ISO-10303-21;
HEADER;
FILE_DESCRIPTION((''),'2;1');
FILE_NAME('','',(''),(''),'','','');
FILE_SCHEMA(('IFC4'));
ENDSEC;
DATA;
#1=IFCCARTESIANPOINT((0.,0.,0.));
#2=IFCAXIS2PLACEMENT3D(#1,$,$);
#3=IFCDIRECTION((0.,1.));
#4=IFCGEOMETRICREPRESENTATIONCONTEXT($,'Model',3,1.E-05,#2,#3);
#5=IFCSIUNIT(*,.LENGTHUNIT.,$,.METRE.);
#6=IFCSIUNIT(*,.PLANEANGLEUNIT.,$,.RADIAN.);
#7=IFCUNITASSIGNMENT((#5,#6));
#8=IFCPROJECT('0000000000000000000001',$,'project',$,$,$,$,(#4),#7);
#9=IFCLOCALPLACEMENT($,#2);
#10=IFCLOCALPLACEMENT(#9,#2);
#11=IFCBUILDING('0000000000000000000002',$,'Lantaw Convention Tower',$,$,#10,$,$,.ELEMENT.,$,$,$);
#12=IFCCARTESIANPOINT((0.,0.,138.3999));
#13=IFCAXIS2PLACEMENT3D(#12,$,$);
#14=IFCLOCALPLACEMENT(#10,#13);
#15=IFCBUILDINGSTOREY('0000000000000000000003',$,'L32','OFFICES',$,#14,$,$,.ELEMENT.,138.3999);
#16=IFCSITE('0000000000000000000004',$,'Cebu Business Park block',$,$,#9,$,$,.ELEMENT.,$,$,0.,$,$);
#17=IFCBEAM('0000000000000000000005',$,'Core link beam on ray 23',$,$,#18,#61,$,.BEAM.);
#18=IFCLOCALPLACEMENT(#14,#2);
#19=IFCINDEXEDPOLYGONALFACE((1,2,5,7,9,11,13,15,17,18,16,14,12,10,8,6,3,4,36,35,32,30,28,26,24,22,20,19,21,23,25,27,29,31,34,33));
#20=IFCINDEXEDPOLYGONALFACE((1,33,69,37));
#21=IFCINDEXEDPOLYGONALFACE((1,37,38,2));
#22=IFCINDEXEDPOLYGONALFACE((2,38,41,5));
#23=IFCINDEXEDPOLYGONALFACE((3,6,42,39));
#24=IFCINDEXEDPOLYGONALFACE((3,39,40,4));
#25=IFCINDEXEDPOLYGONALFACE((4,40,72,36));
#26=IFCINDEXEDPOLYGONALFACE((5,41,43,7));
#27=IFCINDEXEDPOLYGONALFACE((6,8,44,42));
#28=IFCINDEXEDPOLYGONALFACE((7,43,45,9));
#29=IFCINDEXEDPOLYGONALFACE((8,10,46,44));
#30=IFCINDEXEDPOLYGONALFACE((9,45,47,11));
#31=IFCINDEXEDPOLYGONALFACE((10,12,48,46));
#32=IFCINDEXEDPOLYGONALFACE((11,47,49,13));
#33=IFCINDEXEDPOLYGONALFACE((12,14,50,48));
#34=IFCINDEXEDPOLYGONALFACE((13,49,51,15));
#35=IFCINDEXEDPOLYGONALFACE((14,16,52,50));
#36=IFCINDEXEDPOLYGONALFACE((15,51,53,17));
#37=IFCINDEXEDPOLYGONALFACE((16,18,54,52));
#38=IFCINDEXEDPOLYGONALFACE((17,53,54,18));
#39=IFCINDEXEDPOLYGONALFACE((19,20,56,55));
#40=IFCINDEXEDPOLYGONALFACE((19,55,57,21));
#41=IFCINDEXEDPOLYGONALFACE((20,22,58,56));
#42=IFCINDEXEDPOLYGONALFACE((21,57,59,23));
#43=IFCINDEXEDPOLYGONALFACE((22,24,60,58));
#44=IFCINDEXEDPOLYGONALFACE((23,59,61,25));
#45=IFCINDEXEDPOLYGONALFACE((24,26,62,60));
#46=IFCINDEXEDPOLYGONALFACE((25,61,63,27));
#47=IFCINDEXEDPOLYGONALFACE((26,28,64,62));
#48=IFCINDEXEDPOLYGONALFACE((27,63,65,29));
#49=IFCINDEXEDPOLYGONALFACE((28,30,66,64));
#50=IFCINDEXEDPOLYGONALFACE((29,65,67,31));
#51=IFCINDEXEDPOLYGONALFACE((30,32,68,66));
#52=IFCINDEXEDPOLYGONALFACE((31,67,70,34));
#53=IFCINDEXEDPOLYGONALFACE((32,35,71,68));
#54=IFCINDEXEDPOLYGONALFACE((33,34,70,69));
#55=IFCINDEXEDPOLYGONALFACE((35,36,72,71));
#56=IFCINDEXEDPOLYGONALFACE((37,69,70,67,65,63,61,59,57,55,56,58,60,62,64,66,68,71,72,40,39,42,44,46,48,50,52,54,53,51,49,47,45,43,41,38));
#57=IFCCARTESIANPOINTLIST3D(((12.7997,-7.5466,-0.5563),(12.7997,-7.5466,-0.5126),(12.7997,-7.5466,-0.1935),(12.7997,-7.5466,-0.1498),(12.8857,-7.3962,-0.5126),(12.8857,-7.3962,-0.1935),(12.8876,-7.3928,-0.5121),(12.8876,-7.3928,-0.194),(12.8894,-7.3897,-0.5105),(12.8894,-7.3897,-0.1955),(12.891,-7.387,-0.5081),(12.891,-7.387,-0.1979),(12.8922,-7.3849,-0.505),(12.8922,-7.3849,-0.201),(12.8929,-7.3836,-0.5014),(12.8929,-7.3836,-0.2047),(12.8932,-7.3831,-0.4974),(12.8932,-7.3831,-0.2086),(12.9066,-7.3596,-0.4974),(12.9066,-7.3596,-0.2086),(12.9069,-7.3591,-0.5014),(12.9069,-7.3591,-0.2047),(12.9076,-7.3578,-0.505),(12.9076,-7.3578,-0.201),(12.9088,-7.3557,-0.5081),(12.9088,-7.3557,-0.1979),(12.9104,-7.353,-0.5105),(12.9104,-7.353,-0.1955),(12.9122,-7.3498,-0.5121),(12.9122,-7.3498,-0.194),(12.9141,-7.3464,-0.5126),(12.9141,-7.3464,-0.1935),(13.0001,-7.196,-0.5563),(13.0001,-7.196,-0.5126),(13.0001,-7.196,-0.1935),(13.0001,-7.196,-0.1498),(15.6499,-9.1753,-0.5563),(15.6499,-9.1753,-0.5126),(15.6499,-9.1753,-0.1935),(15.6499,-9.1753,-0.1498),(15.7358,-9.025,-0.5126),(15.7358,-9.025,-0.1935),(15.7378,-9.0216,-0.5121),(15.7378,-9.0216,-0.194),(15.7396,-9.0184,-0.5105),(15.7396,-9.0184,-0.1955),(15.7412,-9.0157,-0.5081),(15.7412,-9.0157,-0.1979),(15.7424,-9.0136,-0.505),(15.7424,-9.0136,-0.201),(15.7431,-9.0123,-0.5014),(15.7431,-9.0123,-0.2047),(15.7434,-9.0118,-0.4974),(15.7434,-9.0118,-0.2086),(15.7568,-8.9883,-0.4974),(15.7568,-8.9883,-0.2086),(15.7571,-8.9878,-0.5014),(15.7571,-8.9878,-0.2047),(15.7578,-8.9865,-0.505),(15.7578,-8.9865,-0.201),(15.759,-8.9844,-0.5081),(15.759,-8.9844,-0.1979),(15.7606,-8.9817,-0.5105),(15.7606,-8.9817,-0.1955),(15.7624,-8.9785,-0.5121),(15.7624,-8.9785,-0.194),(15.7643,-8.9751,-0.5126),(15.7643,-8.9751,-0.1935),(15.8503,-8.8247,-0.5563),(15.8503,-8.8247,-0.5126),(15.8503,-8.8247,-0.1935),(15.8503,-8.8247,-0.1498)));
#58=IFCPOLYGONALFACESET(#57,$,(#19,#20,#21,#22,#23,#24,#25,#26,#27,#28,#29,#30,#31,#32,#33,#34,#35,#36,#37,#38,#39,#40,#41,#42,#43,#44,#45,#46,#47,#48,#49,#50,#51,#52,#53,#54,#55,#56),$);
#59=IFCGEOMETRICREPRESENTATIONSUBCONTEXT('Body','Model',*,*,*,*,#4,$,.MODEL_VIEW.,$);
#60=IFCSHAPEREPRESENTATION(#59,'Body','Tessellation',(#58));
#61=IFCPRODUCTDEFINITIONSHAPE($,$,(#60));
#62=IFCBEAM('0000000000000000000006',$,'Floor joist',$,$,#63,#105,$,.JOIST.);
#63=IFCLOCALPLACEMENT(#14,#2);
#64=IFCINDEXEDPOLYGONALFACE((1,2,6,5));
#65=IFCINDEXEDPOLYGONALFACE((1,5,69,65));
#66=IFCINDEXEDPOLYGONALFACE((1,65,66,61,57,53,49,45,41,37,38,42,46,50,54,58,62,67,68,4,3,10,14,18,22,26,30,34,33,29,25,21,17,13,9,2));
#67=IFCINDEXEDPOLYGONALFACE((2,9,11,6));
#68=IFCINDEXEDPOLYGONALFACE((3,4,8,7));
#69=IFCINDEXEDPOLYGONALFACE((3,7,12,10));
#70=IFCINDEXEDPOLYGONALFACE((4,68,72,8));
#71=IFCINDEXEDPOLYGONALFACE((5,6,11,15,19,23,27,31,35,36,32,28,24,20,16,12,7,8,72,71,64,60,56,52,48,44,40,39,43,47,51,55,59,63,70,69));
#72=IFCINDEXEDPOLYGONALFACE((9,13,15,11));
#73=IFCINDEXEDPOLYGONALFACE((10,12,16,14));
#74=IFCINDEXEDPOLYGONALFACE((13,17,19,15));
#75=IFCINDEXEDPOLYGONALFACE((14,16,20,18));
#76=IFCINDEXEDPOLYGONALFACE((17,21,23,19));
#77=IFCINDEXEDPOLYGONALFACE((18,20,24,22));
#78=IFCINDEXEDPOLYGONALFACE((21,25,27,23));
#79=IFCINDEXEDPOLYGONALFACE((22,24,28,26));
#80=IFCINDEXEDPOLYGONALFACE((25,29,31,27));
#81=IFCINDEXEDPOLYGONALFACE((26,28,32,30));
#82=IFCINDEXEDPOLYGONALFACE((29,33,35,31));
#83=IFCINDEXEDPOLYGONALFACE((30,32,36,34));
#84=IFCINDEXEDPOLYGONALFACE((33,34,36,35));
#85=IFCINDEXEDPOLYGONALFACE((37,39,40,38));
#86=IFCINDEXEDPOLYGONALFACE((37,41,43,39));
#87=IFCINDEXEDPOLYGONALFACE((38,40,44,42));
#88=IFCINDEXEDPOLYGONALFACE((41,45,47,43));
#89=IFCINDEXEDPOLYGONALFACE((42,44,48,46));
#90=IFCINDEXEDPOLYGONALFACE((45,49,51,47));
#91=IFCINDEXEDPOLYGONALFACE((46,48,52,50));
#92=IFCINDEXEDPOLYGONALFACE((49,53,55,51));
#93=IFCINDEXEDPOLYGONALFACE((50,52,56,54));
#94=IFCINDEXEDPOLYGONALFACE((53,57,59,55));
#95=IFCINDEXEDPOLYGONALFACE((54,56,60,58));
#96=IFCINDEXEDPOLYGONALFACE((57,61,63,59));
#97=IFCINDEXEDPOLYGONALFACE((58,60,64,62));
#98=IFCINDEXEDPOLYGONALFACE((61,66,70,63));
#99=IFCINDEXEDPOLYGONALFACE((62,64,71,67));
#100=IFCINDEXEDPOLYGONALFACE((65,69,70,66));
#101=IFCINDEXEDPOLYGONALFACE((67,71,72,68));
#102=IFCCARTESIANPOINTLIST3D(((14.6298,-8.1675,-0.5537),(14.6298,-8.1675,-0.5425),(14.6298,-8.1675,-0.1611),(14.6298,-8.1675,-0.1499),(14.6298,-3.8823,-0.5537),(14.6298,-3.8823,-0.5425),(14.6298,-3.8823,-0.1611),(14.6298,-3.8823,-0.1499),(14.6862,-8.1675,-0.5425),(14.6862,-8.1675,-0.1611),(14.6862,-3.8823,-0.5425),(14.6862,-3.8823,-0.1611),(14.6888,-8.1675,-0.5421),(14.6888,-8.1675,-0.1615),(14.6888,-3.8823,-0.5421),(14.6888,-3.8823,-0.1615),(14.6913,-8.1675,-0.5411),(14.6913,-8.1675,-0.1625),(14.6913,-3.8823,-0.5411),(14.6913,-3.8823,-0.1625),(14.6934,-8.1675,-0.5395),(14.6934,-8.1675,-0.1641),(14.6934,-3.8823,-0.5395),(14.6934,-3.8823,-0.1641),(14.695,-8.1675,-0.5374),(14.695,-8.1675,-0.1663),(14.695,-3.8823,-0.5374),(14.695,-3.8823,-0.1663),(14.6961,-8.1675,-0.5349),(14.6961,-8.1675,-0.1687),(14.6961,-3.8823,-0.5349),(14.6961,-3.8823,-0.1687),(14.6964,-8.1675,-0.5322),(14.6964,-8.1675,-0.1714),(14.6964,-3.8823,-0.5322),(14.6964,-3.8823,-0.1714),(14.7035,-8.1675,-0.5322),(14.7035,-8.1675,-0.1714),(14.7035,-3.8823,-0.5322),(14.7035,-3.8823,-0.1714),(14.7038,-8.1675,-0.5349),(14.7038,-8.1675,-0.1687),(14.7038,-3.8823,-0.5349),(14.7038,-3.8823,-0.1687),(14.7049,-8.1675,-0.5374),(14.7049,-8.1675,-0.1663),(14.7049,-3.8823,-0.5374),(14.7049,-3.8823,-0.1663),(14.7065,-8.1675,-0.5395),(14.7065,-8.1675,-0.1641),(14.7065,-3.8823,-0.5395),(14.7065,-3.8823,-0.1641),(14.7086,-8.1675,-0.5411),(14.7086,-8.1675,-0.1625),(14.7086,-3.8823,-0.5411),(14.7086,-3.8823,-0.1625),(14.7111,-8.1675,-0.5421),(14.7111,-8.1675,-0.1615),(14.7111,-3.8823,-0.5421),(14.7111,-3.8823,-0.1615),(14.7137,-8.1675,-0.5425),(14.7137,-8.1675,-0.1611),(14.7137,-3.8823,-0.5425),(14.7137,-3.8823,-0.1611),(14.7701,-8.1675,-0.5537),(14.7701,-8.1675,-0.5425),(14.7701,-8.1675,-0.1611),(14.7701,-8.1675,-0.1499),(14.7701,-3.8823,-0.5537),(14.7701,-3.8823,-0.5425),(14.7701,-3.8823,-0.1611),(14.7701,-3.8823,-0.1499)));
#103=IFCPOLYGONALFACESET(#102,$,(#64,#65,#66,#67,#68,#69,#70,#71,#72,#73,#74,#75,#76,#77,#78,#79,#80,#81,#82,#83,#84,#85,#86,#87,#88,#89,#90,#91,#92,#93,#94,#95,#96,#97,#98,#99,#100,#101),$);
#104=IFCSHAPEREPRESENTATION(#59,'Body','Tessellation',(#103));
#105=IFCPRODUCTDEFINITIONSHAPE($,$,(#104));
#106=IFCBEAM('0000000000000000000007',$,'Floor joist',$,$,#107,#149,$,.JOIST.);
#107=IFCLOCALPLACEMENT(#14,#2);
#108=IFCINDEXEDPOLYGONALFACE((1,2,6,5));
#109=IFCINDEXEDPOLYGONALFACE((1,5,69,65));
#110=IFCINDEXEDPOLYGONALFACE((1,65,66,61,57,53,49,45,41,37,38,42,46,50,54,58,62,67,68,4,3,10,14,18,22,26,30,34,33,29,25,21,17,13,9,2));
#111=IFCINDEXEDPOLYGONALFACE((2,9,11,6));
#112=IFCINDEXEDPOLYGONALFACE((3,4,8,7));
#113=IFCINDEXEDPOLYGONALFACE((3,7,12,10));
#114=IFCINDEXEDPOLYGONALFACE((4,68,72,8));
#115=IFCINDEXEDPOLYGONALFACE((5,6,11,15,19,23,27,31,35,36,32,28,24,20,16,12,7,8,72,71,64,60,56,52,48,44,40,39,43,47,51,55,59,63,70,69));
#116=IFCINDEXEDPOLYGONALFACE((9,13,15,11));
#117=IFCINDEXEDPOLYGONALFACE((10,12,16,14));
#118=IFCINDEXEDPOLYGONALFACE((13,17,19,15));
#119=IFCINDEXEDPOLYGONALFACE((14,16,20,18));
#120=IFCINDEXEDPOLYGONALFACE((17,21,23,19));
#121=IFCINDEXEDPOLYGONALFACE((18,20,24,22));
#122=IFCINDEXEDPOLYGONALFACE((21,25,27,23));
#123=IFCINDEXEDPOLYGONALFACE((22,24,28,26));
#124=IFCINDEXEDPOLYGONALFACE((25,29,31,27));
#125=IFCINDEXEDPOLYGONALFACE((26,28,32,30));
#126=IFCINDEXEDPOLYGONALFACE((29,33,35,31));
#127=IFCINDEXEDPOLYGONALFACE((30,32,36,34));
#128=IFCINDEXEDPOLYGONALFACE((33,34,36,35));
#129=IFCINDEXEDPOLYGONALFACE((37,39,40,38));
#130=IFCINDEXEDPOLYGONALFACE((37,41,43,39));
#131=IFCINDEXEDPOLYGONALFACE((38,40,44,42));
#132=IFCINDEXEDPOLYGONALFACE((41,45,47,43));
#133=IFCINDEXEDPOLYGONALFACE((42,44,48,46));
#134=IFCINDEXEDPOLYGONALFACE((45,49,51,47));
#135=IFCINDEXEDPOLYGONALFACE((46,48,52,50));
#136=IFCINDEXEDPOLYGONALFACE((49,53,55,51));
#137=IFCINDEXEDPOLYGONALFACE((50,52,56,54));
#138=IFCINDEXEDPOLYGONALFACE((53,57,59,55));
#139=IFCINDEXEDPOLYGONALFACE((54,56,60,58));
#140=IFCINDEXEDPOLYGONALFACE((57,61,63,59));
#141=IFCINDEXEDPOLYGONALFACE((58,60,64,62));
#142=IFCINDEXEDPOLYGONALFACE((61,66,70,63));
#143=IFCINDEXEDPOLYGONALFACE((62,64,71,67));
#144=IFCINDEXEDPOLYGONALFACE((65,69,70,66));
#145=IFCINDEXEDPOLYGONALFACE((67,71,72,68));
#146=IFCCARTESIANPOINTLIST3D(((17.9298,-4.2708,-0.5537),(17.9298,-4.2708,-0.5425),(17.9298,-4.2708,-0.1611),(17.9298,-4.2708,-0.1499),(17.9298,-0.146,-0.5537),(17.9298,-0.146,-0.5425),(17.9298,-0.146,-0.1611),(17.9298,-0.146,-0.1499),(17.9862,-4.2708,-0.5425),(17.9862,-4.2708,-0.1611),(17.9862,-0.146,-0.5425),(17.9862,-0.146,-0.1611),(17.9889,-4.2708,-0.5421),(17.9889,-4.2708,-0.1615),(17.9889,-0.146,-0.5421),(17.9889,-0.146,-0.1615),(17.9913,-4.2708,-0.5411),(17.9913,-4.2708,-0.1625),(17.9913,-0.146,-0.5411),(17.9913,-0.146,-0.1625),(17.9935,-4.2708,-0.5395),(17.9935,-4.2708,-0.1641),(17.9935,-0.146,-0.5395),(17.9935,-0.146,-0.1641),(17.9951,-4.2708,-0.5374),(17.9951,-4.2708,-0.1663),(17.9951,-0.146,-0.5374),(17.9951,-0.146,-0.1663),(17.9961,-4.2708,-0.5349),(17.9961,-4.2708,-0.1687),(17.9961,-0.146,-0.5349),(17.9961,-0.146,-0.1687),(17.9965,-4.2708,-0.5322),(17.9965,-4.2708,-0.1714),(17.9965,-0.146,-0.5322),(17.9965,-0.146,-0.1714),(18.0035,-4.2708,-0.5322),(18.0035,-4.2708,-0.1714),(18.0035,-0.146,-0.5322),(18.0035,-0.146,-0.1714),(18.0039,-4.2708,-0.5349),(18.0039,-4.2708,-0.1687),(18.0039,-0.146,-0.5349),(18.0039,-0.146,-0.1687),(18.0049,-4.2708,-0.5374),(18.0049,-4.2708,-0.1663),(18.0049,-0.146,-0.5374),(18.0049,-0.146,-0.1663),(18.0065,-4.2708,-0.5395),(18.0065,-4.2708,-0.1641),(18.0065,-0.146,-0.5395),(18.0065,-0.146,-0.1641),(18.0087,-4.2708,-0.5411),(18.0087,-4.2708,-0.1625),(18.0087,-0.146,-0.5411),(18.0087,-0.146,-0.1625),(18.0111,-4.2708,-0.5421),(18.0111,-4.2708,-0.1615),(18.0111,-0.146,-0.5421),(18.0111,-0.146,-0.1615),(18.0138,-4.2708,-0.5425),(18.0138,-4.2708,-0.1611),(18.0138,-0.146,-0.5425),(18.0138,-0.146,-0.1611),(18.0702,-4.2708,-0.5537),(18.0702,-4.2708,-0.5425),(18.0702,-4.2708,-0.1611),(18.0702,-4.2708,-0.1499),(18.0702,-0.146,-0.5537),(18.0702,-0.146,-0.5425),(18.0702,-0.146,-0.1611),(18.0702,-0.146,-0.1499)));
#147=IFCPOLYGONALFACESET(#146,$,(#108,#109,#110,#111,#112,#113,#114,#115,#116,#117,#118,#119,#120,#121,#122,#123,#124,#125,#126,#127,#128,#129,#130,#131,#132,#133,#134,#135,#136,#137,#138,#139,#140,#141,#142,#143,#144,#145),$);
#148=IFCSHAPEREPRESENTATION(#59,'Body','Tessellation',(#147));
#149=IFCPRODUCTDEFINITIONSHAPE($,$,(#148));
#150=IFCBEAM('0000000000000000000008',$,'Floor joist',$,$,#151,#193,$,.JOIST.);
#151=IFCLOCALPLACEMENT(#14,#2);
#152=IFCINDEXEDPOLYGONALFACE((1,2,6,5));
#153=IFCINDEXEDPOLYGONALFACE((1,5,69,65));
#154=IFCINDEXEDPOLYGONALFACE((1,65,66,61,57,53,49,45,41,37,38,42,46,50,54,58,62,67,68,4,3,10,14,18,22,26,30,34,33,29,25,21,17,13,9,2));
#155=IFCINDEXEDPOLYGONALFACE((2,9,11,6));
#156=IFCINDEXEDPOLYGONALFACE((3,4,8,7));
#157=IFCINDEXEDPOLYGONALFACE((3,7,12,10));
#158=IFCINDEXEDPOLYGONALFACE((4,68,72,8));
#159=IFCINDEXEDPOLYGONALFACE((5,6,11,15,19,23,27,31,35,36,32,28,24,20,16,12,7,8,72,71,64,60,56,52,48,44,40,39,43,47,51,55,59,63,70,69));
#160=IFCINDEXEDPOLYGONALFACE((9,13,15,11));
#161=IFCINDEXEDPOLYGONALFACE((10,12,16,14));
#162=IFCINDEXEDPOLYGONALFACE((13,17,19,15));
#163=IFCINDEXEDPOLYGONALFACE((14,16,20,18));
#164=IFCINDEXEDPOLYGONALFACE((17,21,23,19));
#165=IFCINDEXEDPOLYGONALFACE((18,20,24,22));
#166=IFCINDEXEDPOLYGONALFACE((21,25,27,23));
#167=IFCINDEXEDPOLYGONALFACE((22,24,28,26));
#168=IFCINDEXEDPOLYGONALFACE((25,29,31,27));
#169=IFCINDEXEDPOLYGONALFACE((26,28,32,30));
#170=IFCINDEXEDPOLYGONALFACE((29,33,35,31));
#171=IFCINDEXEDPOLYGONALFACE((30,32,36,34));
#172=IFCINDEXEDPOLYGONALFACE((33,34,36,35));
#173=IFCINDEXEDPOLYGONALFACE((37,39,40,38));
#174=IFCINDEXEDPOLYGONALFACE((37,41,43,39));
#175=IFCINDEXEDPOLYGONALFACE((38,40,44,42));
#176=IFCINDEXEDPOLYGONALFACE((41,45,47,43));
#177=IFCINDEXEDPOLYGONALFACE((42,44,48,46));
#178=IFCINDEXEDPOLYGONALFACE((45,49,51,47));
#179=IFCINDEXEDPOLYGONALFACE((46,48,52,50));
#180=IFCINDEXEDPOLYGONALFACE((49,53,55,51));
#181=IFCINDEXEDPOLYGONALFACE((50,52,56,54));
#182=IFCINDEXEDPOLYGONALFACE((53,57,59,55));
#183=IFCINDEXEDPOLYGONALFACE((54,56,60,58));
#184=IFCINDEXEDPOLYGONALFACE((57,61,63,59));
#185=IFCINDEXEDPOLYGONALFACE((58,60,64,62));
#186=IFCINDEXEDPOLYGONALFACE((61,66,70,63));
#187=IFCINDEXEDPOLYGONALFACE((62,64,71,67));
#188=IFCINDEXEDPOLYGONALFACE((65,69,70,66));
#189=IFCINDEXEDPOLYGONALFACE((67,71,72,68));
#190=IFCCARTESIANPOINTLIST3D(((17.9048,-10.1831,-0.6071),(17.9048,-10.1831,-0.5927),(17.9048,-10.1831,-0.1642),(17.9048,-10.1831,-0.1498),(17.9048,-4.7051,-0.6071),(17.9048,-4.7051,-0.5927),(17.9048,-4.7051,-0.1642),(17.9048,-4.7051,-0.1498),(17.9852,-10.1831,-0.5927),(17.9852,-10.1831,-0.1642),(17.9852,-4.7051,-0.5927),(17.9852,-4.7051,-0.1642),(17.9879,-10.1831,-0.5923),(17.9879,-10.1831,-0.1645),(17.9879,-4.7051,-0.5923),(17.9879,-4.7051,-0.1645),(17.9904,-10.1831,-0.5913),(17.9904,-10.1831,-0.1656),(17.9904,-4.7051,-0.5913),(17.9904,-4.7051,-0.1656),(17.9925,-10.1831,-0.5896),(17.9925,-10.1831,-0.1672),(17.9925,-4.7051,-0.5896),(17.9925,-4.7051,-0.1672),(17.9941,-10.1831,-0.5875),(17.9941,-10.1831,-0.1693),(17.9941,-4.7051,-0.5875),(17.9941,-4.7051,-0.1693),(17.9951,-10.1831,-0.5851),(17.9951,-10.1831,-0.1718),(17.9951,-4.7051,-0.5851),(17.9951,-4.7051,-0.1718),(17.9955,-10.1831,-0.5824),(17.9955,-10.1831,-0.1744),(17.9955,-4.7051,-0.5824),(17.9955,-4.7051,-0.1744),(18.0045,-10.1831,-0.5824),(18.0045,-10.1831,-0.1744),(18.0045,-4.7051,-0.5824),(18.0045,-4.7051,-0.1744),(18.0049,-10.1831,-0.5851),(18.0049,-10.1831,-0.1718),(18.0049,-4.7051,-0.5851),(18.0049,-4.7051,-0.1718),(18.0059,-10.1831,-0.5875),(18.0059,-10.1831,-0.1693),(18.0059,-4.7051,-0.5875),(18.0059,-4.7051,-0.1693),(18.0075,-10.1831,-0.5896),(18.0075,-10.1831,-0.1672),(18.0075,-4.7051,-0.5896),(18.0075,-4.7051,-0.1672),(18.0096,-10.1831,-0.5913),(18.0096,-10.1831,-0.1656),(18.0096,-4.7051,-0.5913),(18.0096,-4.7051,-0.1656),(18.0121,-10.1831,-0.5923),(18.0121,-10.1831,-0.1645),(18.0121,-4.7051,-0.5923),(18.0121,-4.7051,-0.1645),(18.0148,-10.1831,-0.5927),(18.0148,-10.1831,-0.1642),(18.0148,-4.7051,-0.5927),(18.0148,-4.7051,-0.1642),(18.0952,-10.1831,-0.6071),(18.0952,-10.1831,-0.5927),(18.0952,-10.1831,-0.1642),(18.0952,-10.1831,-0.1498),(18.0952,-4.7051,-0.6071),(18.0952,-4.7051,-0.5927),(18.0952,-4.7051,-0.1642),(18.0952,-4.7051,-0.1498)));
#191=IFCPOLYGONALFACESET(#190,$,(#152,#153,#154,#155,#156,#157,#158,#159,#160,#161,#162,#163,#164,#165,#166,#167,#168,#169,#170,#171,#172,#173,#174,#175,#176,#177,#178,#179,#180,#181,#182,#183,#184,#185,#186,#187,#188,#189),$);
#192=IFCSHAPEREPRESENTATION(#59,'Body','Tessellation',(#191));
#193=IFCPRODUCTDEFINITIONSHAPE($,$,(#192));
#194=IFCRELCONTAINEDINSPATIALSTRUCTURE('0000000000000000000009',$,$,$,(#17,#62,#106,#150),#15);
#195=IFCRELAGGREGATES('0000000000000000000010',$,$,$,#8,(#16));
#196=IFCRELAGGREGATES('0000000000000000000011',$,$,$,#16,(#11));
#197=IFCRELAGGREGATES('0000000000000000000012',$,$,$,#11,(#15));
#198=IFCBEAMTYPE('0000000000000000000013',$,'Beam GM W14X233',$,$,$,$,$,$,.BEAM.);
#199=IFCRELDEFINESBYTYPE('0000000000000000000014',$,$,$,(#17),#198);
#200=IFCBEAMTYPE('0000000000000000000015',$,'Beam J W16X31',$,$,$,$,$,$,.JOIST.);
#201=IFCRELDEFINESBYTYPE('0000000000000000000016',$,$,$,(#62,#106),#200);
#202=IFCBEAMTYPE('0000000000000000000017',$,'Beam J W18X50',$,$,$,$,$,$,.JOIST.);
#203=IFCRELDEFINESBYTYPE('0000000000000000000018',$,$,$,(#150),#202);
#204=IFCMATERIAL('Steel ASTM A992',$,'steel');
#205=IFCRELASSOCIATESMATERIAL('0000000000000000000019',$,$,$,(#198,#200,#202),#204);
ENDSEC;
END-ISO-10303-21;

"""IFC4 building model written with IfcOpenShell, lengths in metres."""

from ifc_helpers import new_model, si_unit, direction, frame, origin, origin_2d, place, context, subcontext, project, spatial, i_section, extrude, material, material_profile, profile_set, type_object, element, save


model = new_model("IFC4")

# Units and contexts
model_context = context("Model", 3, precision=1e-05, world=origin(), true_north=direction((0.0, 1.0)))
body_context = subcontext(model_context, "Body", "Model", "MODEL_VIEW")
ifc_project = project(units=[si_unit("LENGTHUNIT", "METRE"), si_unit("PLANEANGLEUNIT", "RADIAN")], contexts=[model_context])

# Site, building, storey
site_placement = place(None, origin())
site = spatial("IfcSite", under=ifc_project, at=site_placement, Name="Cebu Business Park block", CompositionType="ELEMENT", RefElevation=0.0)
building_placement = place(site_placement, origin())
building = spatial("IfcBuilding", under=site, at=building_placement, Name="Lantaw Convention Tower", CompositionType="ELEMENT")
storey_placement = place(building_placement, frame((0.0, 0.0, 138.3999)))
storey = spatial("IfcBuildingStorey", under=building, at=storey_placement, Name="L32", Description="OFFICES", CompositionType="ELEMENT", Elevation=138.3999)

# Beams
ifc_material_1 = material(Name="Steel ASTM A992", Category="steel")
ifc_material_profile_1 = material_profile(ifc_material_1, i_section(OverallWidth=0.4038, OverallDepth=0.4065, WebThickness=0.0271, FlangeThickness=0.0437, FilletRadius=0.0151, at=origin_2d()), Name="W14X233")
ifc_profile_set_1 = profile_set([ifc_material_profile_1], Name="Steel ASTM A992")
beam_type_1 = type_object("IfcBeamType", Name="Beam GM W14X233", PredefinedType="BEAM", material=ifc_profile_set_1)
beam_1_placement = place(storey_placement, frame((12.8999, -7.3713, -0.353), z_axis=(0.868239, -0.496147, 0.0), x_axis=(0.496147, 0.868239, 0.0)))
element("IfcBeam", 1, at=beam_1_placement, inside=storey, type_object=beam_type_1, Name="Core link beam on ray 23", PredefinedType="BEAM", context=body_context, shape_type="SweptSolid", body=[
    extrude(i_section(OverallWidth=0.4038, OverallDepth=0.4065, WebThickness=0.0271, FlangeThickness=0.0437, FilletRadius=0.0151, at=origin_2d()), origin(), (0.0, 0.0, 1.0), 3.2827),
])
ifc_material_profile_2 = material_profile(ifc_material_1, i_section(OverallWidth=0.1404, OverallDepth=0.4038, WebThickness=0.0071, FlangeThickness=0.0112, FilletRadius=0.0103, at=origin_2d()), Name="W16X31")
ifc_profile_set_2 = profile_set([ifc_material_profile_2], Name="Steel ASTM A992")
beam_type_2 = type_object("IfcBeamType", Name="Beam J W16X31", PredefinedType="JOIST", material=ifc_profile_set_2)
beam_2_placement = place(storey_placement, frame((14.7, -8.1675, -0.3518), z_axis=(0.0, 1.0, 0.0), x_axis=(-1.0, 0.0, 0.0)))
element("IfcBeam", 2, at=beam_2_placement, inside=storey, type_object=beam_type_2, Name="Floor joist", PredefinedType="JOIST", context=body_context, shape_type="SweptSolid", body=[
    extrude(i_section(OverallWidth=0.1404, OverallDepth=0.4038, WebThickness=0.0071, FlangeThickness=0.0112, FilletRadius=0.0103, at=origin_2d()), origin(), (0.0, 0.0, 1.0), 4.2852),
])
beam_3_placement = place(storey_placement, frame((18.0, -4.2708, -0.3518), z_axis=(0.0, 1.0, 0.0), x_axis=(-1.0, 0.0, 0.0)))
element("IfcBeam", 3, at=beam_3_placement, inside=storey, type_object=beam_type_2, Name="Floor joist", PredefinedType="JOIST", context=body_context, shape_type="SweptSolid", body=[
    extrude(i_section(OverallWidth=0.1404, OverallDepth=0.4038, WebThickness=0.0071, FlangeThickness=0.0112, FilletRadius=0.0103, at=origin_2d()), origin(), (0.0, 0.0, 1.0), 4.1248),
])
ifc_material_profile_3 = material_profile(ifc_material_1, i_section(OverallWidth=0.1904, OverallDepth=0.4573, WebThickness=0.009, FlangeThickness=0.0144, FilletRadius=0.0103, at=origin_2d()), Name="W18X50")
ifc_profile_set_3 = profile_set([ifc_material_profile_3], Name="Steel ASTM A992")
beam_type_3 = type_object("IfcBeamType", Name="Beam J W18X50", PredefinedType="JOIST", material=ifc_profile_set_3)
beam_4_placement = place(storey_placement, frame((18.0, -10.1831, -0.3784), z_axis=(0.0, 1.0, 0.0), x_axis=(-1.0, 0.0, 0.0)))
element("IfcBeam", 4, at=beam_4_placement, inside=storey, type_object=beam_type_3, Name="Floor joist", PredefinedType="JOIST", context=body_context, shape_type="SweptSolid", body=[
    extrude(i_section(OverallWidth=0.1904, OverallDepth=0.4573, WebThickness=0.009, FlangeThickness=0.0144, FilletRadius=0.0103, at=origin_2d()), origin(), (0.0, 0.0, 1.0), 5.478),
])

save(model, "model.ifc")
